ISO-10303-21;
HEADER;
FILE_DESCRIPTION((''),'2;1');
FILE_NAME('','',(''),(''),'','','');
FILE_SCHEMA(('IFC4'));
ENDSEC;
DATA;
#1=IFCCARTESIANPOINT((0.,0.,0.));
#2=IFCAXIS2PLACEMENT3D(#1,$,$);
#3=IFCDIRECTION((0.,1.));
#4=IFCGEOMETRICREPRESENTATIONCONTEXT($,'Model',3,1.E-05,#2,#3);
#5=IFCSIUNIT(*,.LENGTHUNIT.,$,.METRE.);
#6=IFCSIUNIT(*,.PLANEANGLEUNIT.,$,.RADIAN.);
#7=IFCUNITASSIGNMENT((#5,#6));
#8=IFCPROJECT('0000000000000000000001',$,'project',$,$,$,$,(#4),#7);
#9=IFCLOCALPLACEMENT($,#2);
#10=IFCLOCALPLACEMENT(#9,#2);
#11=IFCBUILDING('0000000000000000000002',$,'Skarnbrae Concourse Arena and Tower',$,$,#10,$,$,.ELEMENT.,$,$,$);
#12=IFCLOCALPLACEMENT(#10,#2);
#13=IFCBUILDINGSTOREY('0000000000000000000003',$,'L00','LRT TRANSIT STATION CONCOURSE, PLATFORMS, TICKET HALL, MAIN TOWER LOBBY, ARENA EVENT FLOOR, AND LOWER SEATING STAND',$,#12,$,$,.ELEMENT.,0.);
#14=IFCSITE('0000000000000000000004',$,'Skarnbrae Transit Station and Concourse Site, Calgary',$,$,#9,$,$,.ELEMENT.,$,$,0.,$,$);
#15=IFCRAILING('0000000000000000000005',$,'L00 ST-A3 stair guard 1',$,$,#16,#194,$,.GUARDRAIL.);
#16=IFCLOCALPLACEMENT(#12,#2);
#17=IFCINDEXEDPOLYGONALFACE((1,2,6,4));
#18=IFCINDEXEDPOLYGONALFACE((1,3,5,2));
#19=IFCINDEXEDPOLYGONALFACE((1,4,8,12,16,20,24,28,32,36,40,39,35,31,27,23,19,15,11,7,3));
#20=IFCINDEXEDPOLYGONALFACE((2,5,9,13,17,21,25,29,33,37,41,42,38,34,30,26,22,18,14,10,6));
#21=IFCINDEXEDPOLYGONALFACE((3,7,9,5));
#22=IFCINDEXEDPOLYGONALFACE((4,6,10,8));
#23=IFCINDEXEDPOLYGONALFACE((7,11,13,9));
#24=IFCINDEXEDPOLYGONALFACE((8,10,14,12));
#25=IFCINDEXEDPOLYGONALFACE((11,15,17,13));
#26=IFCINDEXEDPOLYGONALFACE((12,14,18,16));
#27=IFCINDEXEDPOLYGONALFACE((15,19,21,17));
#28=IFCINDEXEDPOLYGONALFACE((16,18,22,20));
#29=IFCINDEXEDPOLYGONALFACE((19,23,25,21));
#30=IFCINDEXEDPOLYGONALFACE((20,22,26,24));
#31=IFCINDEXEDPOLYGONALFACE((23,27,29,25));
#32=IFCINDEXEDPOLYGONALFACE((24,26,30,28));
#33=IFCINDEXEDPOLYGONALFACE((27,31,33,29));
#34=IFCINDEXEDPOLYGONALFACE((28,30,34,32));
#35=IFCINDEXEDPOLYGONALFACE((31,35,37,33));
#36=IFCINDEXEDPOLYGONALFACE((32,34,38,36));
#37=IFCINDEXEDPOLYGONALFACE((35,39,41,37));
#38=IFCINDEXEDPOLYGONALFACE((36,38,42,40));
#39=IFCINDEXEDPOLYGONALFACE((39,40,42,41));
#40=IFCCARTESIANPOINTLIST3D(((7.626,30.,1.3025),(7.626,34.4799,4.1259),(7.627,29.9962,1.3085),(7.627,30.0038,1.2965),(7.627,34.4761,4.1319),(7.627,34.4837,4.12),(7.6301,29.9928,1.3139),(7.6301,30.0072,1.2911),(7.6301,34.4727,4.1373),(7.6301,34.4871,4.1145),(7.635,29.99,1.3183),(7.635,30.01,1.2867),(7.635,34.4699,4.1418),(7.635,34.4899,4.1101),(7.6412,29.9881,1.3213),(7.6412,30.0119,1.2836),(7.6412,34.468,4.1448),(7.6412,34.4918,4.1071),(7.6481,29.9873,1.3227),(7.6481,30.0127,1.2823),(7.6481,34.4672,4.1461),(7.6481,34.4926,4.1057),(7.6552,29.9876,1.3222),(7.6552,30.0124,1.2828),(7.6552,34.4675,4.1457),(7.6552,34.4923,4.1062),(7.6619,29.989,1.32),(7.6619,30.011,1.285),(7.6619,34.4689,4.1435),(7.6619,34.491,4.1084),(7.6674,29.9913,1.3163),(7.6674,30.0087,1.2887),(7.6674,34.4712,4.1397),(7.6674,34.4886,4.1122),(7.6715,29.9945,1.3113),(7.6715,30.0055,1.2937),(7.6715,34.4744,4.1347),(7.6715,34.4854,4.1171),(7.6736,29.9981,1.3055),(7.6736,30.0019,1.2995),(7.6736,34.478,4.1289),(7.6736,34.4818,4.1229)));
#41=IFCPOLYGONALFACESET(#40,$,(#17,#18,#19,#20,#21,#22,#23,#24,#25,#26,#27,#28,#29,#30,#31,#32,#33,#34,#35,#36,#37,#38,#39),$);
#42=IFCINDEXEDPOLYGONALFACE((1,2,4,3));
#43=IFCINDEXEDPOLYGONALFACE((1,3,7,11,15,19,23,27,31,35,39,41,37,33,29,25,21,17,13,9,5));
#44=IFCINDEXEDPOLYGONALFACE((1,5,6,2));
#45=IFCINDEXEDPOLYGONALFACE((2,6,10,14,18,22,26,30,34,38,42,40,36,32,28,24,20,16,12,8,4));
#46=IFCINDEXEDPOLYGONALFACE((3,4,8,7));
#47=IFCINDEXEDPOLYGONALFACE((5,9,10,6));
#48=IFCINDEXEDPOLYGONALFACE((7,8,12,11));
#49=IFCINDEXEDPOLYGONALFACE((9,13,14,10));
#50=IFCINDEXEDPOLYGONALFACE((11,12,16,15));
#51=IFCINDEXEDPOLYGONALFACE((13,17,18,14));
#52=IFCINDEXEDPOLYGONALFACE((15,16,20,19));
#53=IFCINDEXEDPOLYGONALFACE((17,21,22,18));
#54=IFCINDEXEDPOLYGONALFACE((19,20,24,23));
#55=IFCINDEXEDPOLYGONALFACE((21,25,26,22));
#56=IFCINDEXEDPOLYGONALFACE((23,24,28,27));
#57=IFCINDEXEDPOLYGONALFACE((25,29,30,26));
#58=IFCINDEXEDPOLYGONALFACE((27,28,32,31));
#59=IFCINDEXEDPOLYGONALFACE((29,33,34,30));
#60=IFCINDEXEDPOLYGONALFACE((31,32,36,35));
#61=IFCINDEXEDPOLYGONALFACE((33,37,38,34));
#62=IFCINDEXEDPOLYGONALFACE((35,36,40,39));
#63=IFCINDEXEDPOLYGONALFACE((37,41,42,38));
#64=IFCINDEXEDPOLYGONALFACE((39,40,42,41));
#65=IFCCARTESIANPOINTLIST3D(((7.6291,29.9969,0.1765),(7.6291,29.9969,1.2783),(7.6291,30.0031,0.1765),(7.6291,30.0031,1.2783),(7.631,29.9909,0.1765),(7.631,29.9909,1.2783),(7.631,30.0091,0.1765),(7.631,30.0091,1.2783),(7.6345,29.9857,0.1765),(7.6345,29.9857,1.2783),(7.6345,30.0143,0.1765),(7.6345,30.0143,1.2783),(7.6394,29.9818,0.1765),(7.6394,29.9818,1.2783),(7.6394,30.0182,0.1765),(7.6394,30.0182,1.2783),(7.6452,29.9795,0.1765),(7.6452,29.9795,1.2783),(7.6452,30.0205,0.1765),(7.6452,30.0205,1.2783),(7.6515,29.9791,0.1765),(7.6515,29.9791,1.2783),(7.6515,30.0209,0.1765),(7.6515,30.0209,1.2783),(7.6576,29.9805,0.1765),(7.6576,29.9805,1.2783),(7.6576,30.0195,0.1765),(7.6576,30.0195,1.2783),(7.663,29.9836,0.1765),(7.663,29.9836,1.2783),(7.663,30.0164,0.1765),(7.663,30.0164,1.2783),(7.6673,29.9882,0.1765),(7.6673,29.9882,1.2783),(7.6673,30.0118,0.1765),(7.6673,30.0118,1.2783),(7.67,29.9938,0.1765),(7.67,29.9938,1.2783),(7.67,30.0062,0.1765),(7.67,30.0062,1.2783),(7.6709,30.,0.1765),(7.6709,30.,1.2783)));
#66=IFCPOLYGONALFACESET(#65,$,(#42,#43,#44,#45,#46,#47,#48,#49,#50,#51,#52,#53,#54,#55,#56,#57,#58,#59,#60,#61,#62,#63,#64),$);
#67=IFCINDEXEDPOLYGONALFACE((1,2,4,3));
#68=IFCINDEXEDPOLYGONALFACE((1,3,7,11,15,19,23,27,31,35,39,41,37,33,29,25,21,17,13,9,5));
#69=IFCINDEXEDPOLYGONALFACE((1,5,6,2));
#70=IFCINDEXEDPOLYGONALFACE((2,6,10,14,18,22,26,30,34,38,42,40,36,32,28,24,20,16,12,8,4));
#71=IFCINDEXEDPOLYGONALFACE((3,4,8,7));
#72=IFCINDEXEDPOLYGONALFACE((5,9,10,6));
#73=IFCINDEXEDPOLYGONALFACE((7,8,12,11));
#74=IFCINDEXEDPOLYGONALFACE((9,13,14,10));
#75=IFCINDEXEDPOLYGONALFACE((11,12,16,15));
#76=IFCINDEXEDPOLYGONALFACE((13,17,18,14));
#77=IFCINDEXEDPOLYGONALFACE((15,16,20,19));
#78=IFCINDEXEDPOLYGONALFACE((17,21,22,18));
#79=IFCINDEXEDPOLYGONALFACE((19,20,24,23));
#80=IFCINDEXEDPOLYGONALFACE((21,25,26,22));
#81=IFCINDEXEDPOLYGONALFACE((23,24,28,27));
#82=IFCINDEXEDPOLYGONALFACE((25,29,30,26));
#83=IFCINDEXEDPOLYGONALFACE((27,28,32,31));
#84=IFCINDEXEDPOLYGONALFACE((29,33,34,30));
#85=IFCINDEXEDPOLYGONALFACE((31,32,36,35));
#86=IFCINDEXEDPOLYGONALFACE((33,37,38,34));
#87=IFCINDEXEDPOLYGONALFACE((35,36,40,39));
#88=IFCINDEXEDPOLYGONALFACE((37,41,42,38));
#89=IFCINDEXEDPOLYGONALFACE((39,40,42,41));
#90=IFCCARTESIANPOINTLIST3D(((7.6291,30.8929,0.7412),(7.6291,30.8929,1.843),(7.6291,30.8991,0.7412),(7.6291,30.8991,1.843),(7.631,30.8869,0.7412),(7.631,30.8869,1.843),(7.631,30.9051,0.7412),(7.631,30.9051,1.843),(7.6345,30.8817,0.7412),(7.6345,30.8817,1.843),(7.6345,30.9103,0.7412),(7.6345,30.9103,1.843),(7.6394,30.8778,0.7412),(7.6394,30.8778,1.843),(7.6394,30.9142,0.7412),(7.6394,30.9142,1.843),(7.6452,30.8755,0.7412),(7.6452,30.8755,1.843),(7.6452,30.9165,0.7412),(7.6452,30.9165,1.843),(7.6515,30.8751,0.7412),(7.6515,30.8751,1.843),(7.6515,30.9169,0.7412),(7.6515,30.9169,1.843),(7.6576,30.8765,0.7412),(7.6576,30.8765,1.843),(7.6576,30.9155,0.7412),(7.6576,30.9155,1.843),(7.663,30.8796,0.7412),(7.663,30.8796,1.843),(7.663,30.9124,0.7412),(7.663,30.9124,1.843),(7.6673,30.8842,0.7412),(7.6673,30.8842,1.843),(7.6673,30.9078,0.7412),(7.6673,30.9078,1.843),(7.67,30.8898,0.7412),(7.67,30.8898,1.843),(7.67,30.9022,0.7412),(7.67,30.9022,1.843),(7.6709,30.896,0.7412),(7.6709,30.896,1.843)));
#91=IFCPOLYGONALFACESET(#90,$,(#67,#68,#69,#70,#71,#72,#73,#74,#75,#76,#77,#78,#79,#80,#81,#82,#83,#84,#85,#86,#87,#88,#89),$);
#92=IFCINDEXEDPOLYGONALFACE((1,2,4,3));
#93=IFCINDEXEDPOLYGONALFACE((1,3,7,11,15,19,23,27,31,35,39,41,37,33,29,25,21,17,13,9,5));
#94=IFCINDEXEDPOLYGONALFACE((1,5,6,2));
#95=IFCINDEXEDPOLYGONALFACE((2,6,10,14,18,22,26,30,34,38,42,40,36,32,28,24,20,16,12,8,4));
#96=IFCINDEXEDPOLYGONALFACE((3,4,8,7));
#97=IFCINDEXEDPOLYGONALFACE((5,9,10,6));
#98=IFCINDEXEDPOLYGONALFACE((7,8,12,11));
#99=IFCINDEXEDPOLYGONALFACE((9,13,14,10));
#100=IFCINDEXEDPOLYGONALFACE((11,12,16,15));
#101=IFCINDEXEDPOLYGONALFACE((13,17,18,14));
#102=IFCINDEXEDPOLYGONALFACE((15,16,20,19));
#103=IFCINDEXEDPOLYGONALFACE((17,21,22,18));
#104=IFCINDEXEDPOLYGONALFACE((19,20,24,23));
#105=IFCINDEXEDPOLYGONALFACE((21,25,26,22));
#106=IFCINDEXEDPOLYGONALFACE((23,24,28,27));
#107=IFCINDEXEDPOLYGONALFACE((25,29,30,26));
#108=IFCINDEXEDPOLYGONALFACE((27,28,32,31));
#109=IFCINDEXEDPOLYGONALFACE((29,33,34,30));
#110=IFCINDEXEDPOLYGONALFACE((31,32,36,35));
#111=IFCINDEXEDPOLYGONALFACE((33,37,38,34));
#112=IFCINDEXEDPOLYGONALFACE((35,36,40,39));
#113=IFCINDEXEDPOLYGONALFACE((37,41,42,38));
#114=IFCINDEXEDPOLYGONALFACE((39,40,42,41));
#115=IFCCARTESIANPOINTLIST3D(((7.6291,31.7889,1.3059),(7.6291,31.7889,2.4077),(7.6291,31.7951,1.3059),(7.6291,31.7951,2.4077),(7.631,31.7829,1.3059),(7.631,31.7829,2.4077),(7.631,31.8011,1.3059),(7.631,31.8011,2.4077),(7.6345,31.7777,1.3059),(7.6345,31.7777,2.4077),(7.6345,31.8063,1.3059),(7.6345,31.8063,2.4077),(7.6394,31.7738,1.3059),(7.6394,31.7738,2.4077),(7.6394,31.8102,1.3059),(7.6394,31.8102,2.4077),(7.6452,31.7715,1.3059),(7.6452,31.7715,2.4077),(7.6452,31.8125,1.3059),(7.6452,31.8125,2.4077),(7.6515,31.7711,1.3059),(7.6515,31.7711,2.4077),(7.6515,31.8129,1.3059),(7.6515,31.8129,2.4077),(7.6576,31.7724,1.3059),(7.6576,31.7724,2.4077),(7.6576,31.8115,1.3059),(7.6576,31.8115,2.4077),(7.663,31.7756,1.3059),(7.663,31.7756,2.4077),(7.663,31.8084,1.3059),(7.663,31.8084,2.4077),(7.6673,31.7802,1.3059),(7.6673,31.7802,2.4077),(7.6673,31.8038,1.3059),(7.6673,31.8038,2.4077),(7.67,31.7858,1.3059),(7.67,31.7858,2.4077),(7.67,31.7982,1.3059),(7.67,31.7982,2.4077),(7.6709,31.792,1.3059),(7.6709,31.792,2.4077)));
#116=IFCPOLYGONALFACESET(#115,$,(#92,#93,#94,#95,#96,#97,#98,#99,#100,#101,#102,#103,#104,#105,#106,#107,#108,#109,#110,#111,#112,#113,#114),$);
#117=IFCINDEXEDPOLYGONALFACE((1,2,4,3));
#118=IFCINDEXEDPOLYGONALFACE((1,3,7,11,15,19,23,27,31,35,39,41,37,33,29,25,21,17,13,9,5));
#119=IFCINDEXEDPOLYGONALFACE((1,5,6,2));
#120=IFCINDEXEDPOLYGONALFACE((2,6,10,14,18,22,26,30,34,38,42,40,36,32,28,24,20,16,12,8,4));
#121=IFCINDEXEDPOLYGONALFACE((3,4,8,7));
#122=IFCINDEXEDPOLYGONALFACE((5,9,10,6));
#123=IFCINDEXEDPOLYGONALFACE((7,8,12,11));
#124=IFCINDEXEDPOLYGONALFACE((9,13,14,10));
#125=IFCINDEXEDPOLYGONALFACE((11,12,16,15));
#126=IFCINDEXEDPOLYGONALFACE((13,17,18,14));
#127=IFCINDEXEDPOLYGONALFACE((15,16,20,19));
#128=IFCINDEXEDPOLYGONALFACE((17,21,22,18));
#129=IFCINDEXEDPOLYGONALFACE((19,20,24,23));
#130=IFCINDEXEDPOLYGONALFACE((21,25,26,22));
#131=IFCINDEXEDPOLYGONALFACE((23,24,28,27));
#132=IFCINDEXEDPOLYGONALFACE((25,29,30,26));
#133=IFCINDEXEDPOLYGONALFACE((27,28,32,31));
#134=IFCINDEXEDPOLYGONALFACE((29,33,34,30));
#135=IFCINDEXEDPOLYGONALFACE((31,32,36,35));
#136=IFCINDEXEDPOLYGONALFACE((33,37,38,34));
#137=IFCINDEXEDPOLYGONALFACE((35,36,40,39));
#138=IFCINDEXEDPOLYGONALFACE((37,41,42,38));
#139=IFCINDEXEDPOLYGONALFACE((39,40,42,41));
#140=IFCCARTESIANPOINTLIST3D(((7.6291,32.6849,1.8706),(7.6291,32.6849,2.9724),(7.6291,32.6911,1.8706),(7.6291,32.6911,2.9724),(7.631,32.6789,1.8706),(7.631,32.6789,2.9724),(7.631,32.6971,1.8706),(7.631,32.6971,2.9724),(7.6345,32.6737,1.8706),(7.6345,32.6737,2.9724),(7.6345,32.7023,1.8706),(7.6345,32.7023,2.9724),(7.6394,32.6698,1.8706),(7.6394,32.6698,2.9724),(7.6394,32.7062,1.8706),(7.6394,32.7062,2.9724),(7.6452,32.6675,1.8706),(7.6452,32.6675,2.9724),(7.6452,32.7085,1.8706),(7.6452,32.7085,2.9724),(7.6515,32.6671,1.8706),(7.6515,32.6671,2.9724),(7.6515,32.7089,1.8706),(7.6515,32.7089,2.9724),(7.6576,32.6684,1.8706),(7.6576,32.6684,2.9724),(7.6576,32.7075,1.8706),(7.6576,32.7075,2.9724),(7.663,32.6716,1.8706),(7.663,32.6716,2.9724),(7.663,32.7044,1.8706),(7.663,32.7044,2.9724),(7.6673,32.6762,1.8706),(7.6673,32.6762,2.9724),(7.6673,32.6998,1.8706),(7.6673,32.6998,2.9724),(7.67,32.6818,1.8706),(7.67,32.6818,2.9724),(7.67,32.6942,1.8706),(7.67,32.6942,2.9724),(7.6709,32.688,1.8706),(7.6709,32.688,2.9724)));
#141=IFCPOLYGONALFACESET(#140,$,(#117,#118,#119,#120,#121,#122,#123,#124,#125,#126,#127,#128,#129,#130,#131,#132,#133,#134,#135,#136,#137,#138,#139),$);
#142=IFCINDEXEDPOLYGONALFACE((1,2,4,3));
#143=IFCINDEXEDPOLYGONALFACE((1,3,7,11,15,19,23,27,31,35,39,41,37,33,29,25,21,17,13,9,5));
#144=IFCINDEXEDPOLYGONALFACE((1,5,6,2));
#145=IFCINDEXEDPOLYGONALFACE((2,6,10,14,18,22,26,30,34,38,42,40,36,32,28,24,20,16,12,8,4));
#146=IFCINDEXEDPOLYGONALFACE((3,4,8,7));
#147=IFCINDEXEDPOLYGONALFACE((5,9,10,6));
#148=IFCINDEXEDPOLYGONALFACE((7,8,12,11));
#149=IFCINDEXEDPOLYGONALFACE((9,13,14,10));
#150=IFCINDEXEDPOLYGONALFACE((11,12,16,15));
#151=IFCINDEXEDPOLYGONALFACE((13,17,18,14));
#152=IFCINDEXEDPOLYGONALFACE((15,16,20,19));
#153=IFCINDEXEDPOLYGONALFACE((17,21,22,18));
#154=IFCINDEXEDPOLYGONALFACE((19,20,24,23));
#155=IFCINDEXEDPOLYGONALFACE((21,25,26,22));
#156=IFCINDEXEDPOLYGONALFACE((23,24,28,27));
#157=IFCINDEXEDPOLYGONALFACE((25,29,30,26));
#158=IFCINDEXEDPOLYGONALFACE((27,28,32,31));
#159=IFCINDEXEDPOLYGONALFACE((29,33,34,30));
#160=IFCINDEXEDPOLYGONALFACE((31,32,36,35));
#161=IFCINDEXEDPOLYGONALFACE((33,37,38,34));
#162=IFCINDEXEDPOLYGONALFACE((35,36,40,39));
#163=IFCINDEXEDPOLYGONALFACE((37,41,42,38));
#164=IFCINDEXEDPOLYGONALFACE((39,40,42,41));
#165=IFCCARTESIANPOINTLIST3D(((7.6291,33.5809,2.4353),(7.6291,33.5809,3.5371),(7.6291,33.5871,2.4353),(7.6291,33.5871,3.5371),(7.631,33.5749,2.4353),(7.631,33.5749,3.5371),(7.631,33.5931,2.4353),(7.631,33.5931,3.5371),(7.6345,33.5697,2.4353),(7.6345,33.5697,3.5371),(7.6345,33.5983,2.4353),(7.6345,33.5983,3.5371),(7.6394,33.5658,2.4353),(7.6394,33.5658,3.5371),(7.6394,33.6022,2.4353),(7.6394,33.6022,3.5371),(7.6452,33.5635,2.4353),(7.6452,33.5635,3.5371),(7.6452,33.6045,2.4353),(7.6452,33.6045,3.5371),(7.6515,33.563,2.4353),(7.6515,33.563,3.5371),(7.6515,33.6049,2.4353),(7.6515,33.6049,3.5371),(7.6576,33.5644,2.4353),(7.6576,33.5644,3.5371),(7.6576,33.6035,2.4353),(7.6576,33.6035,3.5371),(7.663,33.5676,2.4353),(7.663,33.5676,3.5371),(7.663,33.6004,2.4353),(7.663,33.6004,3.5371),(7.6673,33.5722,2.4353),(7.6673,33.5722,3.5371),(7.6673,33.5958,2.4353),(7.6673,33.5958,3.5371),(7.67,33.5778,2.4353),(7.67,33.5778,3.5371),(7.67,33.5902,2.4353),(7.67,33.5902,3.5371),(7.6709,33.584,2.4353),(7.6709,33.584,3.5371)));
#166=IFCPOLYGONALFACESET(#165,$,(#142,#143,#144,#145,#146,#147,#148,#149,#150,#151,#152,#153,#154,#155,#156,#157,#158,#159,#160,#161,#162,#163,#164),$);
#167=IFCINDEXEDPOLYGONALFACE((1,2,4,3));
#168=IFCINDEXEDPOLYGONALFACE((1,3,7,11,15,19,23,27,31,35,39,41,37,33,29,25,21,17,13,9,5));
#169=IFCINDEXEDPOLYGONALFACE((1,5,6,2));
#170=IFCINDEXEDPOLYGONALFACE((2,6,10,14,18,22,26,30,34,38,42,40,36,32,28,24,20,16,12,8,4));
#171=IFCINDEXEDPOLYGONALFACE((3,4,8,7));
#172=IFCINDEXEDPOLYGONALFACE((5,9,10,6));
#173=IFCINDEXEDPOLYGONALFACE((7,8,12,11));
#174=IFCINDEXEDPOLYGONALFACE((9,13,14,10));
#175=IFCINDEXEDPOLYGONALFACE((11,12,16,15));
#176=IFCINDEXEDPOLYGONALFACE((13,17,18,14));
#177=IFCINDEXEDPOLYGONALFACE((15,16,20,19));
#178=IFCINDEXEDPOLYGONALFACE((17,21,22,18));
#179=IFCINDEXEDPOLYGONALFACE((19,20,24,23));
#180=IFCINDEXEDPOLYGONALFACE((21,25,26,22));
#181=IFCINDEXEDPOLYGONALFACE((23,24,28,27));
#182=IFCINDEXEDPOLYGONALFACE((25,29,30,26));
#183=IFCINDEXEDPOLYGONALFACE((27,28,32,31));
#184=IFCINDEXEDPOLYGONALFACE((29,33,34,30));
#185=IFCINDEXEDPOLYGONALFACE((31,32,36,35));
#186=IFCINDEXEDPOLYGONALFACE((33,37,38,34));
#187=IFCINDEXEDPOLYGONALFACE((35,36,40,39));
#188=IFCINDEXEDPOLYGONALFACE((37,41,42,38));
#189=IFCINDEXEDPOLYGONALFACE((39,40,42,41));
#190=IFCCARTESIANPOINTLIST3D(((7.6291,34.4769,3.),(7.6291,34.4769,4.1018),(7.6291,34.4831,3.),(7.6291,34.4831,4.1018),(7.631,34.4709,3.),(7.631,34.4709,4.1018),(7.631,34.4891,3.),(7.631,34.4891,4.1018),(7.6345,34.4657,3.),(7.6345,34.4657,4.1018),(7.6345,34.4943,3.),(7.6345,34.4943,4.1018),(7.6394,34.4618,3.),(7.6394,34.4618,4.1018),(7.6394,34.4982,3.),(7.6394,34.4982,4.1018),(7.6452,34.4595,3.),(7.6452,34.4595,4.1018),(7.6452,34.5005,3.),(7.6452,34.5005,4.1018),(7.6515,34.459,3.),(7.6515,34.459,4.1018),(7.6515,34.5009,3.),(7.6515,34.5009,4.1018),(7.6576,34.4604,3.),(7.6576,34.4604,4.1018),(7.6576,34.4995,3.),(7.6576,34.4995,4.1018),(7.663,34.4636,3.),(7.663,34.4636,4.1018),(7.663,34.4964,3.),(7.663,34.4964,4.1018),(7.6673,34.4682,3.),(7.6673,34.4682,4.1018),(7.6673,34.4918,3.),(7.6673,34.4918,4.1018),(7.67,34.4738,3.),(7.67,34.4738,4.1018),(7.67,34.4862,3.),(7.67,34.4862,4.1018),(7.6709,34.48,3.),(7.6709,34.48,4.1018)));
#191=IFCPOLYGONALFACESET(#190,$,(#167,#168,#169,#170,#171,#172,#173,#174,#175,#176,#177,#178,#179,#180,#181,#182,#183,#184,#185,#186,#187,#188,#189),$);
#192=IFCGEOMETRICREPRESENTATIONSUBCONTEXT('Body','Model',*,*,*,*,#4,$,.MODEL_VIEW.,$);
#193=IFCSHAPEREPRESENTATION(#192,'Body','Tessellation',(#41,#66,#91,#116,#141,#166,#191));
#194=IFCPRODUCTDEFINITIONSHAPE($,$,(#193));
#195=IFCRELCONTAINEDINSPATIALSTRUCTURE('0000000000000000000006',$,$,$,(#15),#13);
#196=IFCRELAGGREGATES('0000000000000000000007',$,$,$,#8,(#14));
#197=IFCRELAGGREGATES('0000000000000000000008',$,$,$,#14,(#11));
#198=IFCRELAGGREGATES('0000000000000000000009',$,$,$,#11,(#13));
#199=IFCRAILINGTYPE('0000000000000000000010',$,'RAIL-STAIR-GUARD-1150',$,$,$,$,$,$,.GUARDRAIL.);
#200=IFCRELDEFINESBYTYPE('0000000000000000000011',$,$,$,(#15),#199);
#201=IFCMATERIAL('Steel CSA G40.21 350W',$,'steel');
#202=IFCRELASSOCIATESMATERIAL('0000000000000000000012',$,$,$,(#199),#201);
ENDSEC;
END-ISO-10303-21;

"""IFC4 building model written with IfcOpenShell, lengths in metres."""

from ifc_helpers import new_model, si_unit, direction, frame, origin, origin_2d, place, context, subcontext, project, spatial, circle, extrude, material, type_object, element, save


model = new_model("IFC4")

# Units and contexts
model_context = context("Model", 3, precision=1e-05, world=origin(), true_north=direction((0.0, 1.0)))
body_context = subcontext(model_context, "Body", "Model", "MODEL_VIEW")
ifc_project = project(units=[si_unit("LENGTHUNIT", "METRE"), si_unit("PLANEANGLEUNIT", "RADIAN")], contexts=[model_context])

# Site, building, storey
site_placement = place(None, origin())
site = spatial("IfcSite", under=ifc_project, at=site_placement, Name="Skarnbrae Transit Station and Concourse Site, Calgary", CompositionType="ELEMENT", RefElevation=0.0)
building_placement = place(site_placement, origin())
building = spatial("IfcBuilding", under=site, at=building_placement, Name="Skarnbrae Concourse Arena and Tower", CompositionType="ELEMENT")
storey_placement = place(building_placement, origin())
storey = spatial("IfcBuildingStorey", under=building, at=storey_placement, Name="L00", Description="LRT TRANSIT STATION CONCOURSE, PLATFORMS, TICKET HALL, MAIN TOWER LOBBY, ARENA EVENT FLOOR, AND LOWER SEATING STAND", CompositionType="ELEMENT", Elevation=0.0)

# Shared definitions
ifc_material_1 = material(Name="Steel CSA G40.21 350W", Category="steel")

# Railing
railing_type_1 = type_object("IfcRailingType", Name="RAIL-STAIR-GUARD-1150", PredefinedType="GUARDRAIL", material=ifc_material_1)
railing_1_placement = place(storey_placement, frame((7.6499, 30.0, 0.1765)))
element("IfcRailing", 1, at=railing_1_placement, inside=storey, type_object=railing_type_1, Name="L00 ST-A3 stair guard 1", PredefinedType="GUARDRAIL", context=body_context, shape_type="SweptSolid", body=[
    extrude(circle(Radius=0.0239, at=origin_2d()), frame((0.0, 0.0, 1.126), z_axis=(0.0, 0.845998, 0.533186), x_axis=(-1.0, 0.0, 0.0)), (0.0, 0.0, 1.0), 5.2954),
    extrude(circle(Radius=0.021, at=origin_2d()), origin(), (0.0, 0.0, 1.0), 1.1018),
    extrude(circle(Radius=0.021, at=origin_2d()), frame((0.0, 0.896, 0.5647)), (0.0, 0.0, 1.0), 1.1018),
    extrude(circle(Radius=0.021, at=origin_2d()), frame((0.0, 1.792, 1.1294)), (0.0, 0.0, 1.0), 1.1018),
    extrude(circle(Radius=0.021, at=origin_2d()), frame((0.0, 2.688, 1.6941)), (0.0, 0.0, 1.0), 1.1018),
    extrude(circle(Radius=0.021, at=origin_2d()), frame((0.0, 3.584, 2.2588)), (0.0, 0.0, 1.0), 1.1018),
    extrude(circle(Radius=0.021, at=origin_2d()), frame((0.0, 4.48, 2.8235)), (0.0, 0.0, 1.0), 1.1018),
])

save(model, "model.ifc")
